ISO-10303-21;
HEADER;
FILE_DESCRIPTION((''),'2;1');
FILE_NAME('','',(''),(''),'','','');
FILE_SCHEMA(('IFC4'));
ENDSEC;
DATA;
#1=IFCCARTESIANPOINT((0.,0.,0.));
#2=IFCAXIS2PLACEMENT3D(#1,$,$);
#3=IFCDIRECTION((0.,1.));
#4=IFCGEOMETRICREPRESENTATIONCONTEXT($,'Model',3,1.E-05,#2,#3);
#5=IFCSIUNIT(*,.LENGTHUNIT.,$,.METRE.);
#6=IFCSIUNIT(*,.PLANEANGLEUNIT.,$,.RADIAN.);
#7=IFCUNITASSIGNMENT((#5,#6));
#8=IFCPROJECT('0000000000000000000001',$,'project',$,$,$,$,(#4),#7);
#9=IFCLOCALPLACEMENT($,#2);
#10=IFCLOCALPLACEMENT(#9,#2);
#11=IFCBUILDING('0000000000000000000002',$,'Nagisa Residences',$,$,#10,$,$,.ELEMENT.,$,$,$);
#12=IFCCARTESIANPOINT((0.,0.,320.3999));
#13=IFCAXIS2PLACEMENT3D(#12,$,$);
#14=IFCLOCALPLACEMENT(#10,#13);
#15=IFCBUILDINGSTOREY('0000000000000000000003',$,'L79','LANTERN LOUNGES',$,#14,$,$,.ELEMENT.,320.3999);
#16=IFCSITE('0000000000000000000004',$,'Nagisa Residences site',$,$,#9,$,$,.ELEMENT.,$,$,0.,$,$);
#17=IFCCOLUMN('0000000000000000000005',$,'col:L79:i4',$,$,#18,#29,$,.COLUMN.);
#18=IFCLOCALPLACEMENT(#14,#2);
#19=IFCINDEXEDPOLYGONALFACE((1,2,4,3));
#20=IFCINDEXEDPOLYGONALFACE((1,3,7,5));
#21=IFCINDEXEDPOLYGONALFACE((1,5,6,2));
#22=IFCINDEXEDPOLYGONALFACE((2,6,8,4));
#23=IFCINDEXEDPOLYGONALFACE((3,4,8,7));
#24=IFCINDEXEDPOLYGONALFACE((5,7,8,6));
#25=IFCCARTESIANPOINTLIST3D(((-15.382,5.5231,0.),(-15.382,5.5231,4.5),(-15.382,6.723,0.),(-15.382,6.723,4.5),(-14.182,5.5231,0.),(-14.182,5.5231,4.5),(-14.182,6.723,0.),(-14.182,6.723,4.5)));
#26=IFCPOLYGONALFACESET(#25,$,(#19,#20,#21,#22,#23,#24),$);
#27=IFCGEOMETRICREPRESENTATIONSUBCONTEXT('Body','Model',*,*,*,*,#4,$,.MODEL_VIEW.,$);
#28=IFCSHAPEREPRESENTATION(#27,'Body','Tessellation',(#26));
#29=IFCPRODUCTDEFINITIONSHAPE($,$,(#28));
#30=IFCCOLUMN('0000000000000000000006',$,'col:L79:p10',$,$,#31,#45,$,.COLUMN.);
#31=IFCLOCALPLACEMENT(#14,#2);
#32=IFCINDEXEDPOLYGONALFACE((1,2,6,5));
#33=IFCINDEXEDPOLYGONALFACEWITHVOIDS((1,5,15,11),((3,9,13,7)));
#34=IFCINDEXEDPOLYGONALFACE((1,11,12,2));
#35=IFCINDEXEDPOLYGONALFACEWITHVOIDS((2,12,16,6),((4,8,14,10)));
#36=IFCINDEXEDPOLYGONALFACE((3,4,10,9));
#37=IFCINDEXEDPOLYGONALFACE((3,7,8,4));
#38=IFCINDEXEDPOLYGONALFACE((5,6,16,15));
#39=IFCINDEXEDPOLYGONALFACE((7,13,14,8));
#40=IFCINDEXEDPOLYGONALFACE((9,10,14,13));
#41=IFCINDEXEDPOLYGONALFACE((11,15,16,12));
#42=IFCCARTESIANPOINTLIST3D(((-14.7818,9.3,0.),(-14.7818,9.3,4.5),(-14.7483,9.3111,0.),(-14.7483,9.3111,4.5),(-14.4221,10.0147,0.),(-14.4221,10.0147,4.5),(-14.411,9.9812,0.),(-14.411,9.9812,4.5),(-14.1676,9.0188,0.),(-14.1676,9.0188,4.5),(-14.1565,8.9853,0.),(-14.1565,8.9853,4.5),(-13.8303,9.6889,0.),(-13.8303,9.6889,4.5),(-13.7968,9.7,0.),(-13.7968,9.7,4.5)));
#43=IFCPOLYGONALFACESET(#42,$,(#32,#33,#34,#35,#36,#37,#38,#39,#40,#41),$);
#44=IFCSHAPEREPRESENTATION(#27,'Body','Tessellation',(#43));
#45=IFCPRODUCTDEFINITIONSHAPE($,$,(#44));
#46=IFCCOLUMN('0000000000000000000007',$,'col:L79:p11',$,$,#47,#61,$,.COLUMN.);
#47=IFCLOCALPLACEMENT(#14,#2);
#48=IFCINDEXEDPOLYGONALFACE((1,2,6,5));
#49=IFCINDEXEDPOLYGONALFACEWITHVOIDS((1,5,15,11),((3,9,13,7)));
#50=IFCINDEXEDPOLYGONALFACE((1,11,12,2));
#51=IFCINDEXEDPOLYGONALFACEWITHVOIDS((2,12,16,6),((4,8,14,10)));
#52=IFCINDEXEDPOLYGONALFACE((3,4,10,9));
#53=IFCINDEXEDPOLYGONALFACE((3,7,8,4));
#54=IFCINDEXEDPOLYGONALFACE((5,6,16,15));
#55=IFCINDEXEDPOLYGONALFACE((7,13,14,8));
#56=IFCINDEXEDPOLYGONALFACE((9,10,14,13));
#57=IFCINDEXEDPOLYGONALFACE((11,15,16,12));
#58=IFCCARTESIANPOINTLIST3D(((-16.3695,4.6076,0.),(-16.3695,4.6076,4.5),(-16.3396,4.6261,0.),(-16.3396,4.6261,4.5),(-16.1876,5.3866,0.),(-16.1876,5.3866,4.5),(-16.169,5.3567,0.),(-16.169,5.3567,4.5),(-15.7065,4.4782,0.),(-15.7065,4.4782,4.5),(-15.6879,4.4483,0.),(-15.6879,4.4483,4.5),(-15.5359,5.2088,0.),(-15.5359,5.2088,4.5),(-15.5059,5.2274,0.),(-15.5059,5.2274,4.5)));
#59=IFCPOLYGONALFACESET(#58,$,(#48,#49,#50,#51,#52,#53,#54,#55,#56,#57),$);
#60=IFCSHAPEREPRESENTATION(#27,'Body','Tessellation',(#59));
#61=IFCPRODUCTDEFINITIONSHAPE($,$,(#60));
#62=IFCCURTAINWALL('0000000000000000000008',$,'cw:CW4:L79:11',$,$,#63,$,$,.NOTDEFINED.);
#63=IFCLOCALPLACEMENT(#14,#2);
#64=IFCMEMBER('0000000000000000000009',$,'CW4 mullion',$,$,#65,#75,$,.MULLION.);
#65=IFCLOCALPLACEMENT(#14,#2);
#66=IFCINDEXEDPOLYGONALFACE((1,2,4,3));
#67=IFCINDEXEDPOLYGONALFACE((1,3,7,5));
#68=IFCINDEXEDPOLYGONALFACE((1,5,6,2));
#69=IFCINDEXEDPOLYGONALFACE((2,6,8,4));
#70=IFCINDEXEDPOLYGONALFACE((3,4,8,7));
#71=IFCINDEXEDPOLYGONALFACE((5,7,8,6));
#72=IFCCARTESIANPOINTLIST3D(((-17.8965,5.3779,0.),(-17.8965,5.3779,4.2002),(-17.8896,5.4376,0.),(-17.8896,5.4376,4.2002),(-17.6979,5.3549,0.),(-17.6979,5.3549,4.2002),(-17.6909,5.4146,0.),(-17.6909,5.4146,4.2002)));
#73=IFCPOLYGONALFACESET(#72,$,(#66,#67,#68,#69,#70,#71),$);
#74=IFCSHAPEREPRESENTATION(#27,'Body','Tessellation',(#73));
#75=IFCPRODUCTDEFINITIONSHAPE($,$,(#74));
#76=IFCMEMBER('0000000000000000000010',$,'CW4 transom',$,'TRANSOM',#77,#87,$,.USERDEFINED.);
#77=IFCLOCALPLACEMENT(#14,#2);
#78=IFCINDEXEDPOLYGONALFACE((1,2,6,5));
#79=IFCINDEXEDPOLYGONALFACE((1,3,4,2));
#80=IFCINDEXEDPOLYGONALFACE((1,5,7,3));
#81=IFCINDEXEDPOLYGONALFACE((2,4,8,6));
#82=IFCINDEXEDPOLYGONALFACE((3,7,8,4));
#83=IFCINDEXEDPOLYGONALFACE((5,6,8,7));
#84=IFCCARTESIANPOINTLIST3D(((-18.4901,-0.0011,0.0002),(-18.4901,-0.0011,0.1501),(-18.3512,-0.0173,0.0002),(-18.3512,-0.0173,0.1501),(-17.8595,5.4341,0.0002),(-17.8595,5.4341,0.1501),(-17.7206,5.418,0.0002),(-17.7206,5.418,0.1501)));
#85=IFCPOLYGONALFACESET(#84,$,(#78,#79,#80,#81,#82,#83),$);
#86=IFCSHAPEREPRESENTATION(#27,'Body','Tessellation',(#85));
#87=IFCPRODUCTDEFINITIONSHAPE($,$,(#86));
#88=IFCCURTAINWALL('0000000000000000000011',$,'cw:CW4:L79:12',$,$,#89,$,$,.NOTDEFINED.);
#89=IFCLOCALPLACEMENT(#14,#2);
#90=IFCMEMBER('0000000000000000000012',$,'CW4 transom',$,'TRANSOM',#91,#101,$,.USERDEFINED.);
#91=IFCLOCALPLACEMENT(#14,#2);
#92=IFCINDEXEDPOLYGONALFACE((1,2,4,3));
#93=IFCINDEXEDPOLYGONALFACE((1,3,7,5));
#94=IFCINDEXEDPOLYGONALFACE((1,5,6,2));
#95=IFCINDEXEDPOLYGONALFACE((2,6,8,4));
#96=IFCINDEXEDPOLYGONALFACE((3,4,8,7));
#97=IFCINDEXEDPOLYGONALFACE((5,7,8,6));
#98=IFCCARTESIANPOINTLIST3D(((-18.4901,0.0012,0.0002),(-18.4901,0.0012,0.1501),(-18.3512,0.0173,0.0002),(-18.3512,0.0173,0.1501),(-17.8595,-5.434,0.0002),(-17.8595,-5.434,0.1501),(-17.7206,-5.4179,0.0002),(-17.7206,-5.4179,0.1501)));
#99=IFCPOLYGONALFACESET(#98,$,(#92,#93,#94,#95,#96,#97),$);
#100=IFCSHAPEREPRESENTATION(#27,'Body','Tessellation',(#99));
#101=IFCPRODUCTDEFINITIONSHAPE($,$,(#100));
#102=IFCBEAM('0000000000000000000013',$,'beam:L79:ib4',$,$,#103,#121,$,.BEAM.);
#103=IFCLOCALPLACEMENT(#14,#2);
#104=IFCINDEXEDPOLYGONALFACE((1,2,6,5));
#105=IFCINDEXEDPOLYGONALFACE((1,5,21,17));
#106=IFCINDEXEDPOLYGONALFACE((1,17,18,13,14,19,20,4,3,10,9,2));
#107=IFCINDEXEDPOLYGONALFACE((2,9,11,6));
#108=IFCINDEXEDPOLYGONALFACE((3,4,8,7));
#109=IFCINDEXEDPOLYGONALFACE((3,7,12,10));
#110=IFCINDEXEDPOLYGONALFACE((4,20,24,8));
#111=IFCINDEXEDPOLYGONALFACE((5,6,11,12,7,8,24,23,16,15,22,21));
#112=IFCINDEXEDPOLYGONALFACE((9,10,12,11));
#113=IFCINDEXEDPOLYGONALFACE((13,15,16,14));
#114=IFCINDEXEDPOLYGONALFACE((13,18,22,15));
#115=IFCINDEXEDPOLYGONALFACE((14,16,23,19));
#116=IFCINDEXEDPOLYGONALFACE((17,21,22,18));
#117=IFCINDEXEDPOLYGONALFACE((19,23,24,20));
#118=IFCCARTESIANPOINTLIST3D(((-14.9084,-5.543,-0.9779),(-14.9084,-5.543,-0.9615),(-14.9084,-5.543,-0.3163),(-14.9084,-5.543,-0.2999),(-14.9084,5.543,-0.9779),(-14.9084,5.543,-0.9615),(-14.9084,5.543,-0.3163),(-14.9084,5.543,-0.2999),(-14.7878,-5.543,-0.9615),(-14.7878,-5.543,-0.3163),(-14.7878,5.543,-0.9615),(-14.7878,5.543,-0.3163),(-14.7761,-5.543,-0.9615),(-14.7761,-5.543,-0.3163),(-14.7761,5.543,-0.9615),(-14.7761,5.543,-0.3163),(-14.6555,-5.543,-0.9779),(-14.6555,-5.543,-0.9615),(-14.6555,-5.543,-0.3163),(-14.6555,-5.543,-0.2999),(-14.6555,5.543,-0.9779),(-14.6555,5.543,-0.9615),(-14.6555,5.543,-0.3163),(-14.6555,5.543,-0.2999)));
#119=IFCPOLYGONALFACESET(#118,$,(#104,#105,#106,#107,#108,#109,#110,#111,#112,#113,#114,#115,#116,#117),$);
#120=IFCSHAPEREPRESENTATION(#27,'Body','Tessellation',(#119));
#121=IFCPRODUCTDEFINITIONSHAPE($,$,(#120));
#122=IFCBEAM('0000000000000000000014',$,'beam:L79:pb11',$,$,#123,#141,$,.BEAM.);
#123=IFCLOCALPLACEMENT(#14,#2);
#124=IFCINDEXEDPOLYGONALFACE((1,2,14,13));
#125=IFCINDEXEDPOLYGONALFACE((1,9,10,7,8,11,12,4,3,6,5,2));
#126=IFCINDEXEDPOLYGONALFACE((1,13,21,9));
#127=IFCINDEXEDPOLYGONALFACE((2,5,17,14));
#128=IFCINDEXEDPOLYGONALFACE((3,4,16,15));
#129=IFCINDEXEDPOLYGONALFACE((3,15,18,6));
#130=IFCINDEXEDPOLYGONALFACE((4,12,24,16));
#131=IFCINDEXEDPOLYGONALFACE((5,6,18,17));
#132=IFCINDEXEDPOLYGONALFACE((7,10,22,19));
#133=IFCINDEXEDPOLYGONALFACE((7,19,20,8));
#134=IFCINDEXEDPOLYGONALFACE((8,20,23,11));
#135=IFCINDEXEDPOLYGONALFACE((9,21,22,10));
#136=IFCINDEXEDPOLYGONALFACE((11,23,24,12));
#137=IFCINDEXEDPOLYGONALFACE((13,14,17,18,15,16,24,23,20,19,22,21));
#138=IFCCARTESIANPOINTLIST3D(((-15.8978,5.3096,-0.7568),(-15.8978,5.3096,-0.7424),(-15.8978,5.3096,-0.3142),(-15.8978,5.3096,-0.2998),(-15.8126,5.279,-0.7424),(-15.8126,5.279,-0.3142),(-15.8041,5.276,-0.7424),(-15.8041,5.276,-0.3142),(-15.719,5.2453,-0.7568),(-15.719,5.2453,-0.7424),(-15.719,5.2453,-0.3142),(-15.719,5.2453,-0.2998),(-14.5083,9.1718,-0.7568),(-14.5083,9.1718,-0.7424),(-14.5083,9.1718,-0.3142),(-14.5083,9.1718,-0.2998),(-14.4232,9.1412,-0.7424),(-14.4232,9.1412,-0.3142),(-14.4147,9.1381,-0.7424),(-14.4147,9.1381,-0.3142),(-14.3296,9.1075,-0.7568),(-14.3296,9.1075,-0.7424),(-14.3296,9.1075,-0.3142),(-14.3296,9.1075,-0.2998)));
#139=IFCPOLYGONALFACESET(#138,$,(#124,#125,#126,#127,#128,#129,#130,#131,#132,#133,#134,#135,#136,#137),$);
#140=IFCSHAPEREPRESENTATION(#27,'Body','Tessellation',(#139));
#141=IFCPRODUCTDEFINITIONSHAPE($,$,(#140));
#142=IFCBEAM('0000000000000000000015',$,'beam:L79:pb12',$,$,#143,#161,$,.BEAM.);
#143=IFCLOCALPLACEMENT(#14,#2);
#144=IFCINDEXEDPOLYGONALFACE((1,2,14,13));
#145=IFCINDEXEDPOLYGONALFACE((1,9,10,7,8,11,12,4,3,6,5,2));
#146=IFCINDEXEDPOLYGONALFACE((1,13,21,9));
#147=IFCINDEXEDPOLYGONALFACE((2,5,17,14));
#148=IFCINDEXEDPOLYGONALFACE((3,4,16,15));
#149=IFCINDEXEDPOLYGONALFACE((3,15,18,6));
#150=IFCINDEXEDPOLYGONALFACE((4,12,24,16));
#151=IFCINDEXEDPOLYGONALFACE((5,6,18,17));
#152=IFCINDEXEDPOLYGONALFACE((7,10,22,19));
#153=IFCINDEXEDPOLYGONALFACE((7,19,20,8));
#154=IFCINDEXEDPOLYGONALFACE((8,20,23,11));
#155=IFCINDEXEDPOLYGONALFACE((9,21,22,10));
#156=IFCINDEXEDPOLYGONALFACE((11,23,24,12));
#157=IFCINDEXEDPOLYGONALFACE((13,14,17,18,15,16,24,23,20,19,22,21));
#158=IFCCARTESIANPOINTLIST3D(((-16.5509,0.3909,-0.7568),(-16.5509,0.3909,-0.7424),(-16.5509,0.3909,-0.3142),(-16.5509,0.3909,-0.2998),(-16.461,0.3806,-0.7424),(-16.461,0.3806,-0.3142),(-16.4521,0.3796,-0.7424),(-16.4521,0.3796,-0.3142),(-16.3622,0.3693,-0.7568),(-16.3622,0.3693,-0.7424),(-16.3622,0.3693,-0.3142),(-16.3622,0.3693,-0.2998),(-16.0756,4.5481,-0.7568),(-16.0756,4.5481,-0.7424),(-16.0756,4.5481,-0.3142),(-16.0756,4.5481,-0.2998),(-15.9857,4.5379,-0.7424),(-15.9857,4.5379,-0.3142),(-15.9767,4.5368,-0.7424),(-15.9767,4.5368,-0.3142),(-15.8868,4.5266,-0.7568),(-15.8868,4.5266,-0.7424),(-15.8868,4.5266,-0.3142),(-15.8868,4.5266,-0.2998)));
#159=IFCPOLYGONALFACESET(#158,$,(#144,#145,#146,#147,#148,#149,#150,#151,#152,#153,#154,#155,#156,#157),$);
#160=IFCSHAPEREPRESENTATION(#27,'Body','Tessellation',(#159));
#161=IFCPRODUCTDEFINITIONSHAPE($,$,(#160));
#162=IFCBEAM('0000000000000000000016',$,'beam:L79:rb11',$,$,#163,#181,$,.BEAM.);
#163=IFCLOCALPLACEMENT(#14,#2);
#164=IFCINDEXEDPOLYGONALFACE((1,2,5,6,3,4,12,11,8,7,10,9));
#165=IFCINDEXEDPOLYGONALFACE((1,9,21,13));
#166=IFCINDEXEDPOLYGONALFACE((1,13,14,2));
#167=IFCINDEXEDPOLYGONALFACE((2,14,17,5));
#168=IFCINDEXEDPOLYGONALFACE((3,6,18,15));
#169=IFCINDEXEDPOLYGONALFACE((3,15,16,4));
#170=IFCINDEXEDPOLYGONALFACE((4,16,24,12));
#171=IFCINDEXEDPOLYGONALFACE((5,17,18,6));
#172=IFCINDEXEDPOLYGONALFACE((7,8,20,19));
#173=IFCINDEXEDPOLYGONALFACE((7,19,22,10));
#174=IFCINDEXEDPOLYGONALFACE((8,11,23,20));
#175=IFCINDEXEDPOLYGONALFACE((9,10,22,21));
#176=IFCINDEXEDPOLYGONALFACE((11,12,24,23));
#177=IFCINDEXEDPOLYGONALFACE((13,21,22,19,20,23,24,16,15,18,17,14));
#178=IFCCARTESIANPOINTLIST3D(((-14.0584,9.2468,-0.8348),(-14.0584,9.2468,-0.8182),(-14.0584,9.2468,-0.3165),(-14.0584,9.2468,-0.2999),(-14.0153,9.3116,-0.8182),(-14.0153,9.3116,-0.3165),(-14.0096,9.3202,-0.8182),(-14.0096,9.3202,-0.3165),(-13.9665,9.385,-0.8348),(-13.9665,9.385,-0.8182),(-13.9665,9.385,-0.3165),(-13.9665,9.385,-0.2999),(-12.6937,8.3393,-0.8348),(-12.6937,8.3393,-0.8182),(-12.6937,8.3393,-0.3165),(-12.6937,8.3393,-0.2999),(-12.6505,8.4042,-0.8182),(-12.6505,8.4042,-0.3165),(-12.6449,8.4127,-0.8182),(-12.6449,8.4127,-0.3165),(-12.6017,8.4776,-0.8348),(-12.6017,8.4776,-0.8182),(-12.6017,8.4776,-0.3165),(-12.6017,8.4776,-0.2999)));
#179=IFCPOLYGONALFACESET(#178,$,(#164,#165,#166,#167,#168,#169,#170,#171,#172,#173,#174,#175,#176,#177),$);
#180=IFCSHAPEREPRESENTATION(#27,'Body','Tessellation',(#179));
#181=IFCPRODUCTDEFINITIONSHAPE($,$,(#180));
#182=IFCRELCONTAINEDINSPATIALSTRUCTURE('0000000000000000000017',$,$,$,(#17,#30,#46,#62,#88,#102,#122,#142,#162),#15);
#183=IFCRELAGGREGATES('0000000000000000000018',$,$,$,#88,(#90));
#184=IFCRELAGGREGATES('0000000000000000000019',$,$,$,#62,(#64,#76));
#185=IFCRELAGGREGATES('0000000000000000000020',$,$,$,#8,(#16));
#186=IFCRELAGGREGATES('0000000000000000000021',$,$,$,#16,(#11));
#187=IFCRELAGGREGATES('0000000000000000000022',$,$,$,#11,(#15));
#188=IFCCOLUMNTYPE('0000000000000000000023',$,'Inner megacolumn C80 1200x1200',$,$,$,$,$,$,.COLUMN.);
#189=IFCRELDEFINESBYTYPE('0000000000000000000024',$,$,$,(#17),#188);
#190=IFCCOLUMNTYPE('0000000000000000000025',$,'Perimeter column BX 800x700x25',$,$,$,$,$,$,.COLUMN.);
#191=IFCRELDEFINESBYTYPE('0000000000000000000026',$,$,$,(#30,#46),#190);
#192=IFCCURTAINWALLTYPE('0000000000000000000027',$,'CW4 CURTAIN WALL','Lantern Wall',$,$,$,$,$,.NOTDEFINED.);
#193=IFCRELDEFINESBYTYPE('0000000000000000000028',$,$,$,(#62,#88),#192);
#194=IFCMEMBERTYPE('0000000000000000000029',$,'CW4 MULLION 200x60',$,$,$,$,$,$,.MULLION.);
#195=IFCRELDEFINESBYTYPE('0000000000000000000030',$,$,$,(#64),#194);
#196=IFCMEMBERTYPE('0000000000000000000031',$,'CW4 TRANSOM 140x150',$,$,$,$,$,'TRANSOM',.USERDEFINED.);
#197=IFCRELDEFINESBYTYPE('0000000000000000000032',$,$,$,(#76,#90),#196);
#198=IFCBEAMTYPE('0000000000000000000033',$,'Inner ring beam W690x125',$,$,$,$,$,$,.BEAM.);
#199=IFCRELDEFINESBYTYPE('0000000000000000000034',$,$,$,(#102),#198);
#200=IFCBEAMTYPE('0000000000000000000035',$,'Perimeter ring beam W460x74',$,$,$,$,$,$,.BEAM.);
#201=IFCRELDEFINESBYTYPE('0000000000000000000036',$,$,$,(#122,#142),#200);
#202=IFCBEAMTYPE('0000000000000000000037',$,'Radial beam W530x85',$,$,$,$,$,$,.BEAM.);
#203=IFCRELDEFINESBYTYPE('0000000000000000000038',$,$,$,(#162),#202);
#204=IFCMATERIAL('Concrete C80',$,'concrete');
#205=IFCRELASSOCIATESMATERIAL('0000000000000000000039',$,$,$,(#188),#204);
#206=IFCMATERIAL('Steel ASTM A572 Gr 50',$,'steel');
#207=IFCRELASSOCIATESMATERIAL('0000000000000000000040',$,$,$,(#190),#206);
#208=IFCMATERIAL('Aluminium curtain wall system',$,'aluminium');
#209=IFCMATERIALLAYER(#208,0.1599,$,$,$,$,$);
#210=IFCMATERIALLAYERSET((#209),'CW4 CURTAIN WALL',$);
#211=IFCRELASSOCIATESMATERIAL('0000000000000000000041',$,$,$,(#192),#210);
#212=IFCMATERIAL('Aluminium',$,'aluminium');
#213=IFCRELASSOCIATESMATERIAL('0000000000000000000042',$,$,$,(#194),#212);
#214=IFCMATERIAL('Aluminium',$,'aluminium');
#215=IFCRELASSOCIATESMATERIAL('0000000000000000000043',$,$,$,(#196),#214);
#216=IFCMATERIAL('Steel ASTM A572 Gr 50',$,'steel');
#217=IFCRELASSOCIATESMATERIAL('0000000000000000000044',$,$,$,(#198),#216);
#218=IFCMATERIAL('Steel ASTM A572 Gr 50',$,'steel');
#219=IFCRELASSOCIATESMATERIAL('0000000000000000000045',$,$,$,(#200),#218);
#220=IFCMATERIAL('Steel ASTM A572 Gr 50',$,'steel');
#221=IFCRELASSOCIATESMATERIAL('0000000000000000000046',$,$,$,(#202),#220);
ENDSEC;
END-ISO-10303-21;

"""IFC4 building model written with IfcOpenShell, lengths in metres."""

from ifc_helpers import new_model, si_unit, direction, frame, origin, origin_2d, place, context, subcontext, project, spatial, rectangle, hollow_rectangle, i_section, extrude, material, layer, layer_set, material_profile, profile_set, type_object, element, aggregate, save


model = new_model("IFC4")

# Units and contexts
model_context = context("Model", 3, precision=1e-05, world=origin(), true_north=direction((0.0, 1.0)))
body_context = subcontext(model_context, "Body", "Model", "MODEL_VIEW")
ifc_project = project(units=[si_unit("LENGTHUNIT", "METRE"), si_unit("PLANEANGLEUNIT", "RADIAN")], contexts=[model_context])

# Site, building, storey
site_placement = place(None, origin())
site = spatial("IfcSite", under=ifc_project, at=site_placement, Name="Nagisa Residences site", CompositionType="ELEMENT", RefElevation=0.0)
building_placement = place(site_placement, origin())
building = spatial("IfcBuilding", under=site, at=building_placement, Name="Nagisa Residences", CompositionType="ELEMENT")
storey_placement = place(building_placement, frame((0.0, 0.0, 320.3999)))
storey = spatial("IfcBuildingStorey", under=building, at=storey_placement, Name="L79", Description="LANTERN LOUNGES", CompositionType="ELEMENT", Elevation=320.3999)

# Columns
ifc_material_1 = material(Name="Concrete C80", Category="concrete")
ifc_material_profile_1 = material_profile(ifc_material_1, rectangle(XDim=1.2, YDim=1.2, at=origin_2d()), Name="C80 1200x1200")
ifc_profile_set_1 = profile_set([ifc_material_profile_1], Name="Concrete C80")
column_type_1 = type_object("IfcColumnType", Name="Inner megacolumn C80 1200x1200", PredefinedType="COLUMN", material=ifc_profile_set_1)
column_placement = place(storey_placement, frame((-14.782, 6.123, 0.0), z_axis=(0.0, 0.0, 1.0), x_axis=(1.0, 0.0, 0.0)))
element("IfcColumn", 1, at=column_placement, inside=storey, type_object=column_type_1, Name="col:L79:i4", PredefinedType="COLUMN", context=body_context, shape_type="SweptSolid", body=[
    extrude(rectangle(XDim=1.2, YDim=1.2, at=origin_2d()), origin(), (0.0, 0.0, 1.0), 4.5),
])
ifc_material_2 = material(Name="Steel ASTM A572 Gr 50", Category="steel")
ifc_material_profile_2 = material_profile(ifc_material_2, hollow_rectangle(XDim=0.8, YDim=0.7, WallThickness=0.0249, at=origin_2d()), Name="BX 800x700x25")
ifc_profile_set_2 = profile_set([ifc_material_profile_2], Name="Steel ASTM A572 Gr 50")
column_type_2 = type_object("IfcColumnType", Name="Perimeter column BX 800x700x25", PredefinedType="COLUMN", material=ifc_profile_set_2)
for number, where, z_axis, x_axis, name in (
    (2, (-14.2893, 9.5, 0.0), (0.0, 0.0, 1.0), (-0.449592, -0.893234, 0.0), "col:L79:p10"),
    (3, (-15.9377, 4.9175, 0.0), (0.0, 0.0, 1.0), (-0.227473, -0.973784, 0.0), "col:L79:p11"),
):
    element("IfcColumn", number, at=place(storey_placement, frame(where, z_axis=z_axis, x_axis=x_axis)), inside=storey, type_object=column_type_2, Name=name, PredefinedType="COLUMN", context=body_context, shape_type="SweptSolid", body=[
        extrude(hollow_rectangle(XDim=0.8, YDim=0.7, WallThickness=0.0249, at=origin_2d()), origin(), (0.0, 0.0, 1.0), 4.5),
    ])

# Curtain wall, members
ifc_material_3 = material(Name="Aluminium curtain wall system", Category="aluminium")
ifc_layer_1 = layer(ifc_material_3, 0.1599)
ifc_layer_set_1 = layer_set([ifc_layer_1], Name="CW4 CURTAIN WALL")
curtain_wall_type = type_object("IfcCurtainWallType", Name="CW4 CURTAIN WALL", Description="Lantern Wall", PredefinedType="NOTDEFINED", material=ifc_layer_set_1)
curtain_wall_1_placement = place(storey_placement, origin())
curtain_wall_1 = element("IfcCurtainWall", 4, at=curtain_wall_1_placement, inside=storey, type_object=curtain_wall_type, Name="cw:CW4:L79:11", PredefinedType="NOTDEFINED")
ifc_material_4 = material(Name="Aluminium", Category="aluminium")
ifc_material_profile_3 = material_profile(ifc_material_4, rectangle(XDim=0.2, YDim=0.0601, at=origin_2d()), Name="CW4 MULLION 200x60")
ifc_profile_set_3 = profile_set([ifc_material_profile_3], Name="Aluminium")
member_type_1 = type_object("IfcMemberType", Name="CW4 MULLION 200x60", PredefinedType="MULLION", material=ifc_profile_set_3)
member_1_placement = place(storey_placement, frame((-17.7937, 5.3962, 0.0), z_axis=(0.0, 0.0, 1.0), x_axis=(0.993341, -0.115207, 0.0)))
member_1 = element("IfcMember", 5, at=member_1_placement, type_object=member_type_1, Name="CW4 mullion", PredefinedType="MULLION", context=body_context, shape_type="SweptSolid", body=[
    extrude(rectangle(XDim=0.2, YDim=0.0601, at=origin_2d()), origin(), (0.0, 0.0, 1.0), 4.2002),
])
ifc_material_5 = material(Name="Aluminium", Category="aluminium")
ifc_material_profile_4 = material_profile(ifc_material_5, rectangle(XDim=0.1399, YDim=0.1499, at=origin_2d()), Name="CW4 TRANSOM 140x150")
ifc_profile_set_4 = profile_set([ifc_material_profile_4], Name="Aluminium")
member_type_2 = type_object("IfcMemberType", Name="CW4 TRANSOM 140x150", ElementType="TRANSOM", PredefinedType="USERDEFINED", material=ifc_profile_set_4)
member_2_placement = place(storey_placement, frame((-17.79, 5.426, 0.0752), z_axis=(-0.115249, -0.993337, 0.0), x_axis=(0.993337, -0.115249, 0.0)))
member_2 = element("IfcMember", 6, at=member_2_placement, type_object=member_type_2, Name="CW4 transom", ObjectType="TRANSOM", PredefinedType="USERDEFINED", context=body_context, shape_type="SweptSolid", body=[
    extrude(rectangle(XDim=0.1399, YDim=0.1499, at=origin_2d()), origin(), (0.0, 0.0, 1.0), 5.4717),
])

# Curtain wall, member
curtain_wall_2_placement = place(storey_placement, origin())
curtain_wall_2 = element("IfcCurtainWall", 7, at=curtain_wall_2_placement, inside=storey, type_object=curtain_wall_type, Name="cw:CW4:L79:12", PredefinedType="NOTDEFINED")
member_3_placement = place(storey_placement, frame((-18.4207, 0.0093, 0.0752), z_axis=(0.115249, -0.993337, 0.0), x_axis=(0.993337, 0.115249, 0.0)))
member_3 = element("IfcMember", 8, at=member_3_placement, type_object=member_type_2, Name="CW4 transom", ObjectType="TRANSOM", PredefinedType="USERDEFINED", context=body_context, shape_type="SweptSolid", body=[
    extrude(rectangle(XDim=0.1399, YDim=0.1499, at=origin_2d()), origin(), (0.0, 0.0, 1.0), 5.4717),
])
aggregate(curtain_wall_2, [member_3])

# Beams
ifc_material_6 = material(Name="Steel ASTM A572 Gr 50", Category="steel")
ifc_material_profile_5 = material_profile(ifc_material_6, i_section(OverallWidth=0.2529, OverallDepth=0.678, WebThickness=0.0117, FlangeThickness=0.0164, at=origin_2d()), Name="W690x125")
ifc_profile_set_5 = profile_set([ifc_material_profile_5], Name="Steel ASTM A572 Gr 50")
beam_type_1 = type_object("IfcBeamType", Name="Inner ring beam W690x125", PredefinedType="BEAM", material=ifc_profile_set_5)
beam_1_placement = place(storey_placement, frame((-14.782, 5.543, -0.6389), z_axis=(0.0, -1.0, 0.0), x_axis=(1.0, 0.0, 0.0)))
element("IfcBeam", 9, at=beam_1_placement, inside=storey, type_object=beam_type_1, Name="beam:L79:ib4", PredefinedType="BEAM", context=body_context, shape_type="SweptSolid", body=[
    extrude(i_section(OverallWidth=0.2529, OverallDepth=0.678, WebThickness=0.0117, FlangeThickness=0.0164, at=origin_2d()), origin(), (0.0, 0.0, 1.0), 11.0859),
])
ifc_material_7 = material(Name="Steel ASTM A572 Gr 50", Category="steel")
ifc_material_profile_6 = material_profile(ifc_material_7, i_section(OverallWidth=0.1899, OverallDepth=0.457, WebThickness=0.009, FlangeThickness=0.0144, at=origin_2d()), Name="W460x74")
ifc_profile_set_6 = profile_set([ifc_material_profile_6], Name="Steel ASTM A572 Gr 50")
beam_type_2 = type_object("IfcBeamType", Name="Perimeter ring beam W460x74", PredefinedType="BEAM", material=ifc_profile_set_6)
beam_2_placement = place(storey_placement, frame((-14.4189, 9.1396, -0.5283), z_axis=(-0.338517, -0.94096, 0.0), x_axis=(0.94096, -0.338517, 0.0)))
element("IfcBeam", 10, at=beam_2_placement, inside=storey, type_object=beam_type_2, Name="beam:L79:pb11", PredefinedType="BEAM", context=body_context, shape_type="SweptSolid", body=[
    extrude(i_section(OverallWidth=0.1899, OverallDepth=0.457, WebThickness=0.009, FlangeThickness=0.0144, at=origin_2d()), origin(), (0.0, 0.0, 1.0), 4.1045),
])
beam_3_placement = place(storey_placement, frame((-15.9812, 4.5374, -0.5283), z_axis=(-0.113601, -0.993526, 0.0), x_axis=(0.993526, -0.113601, 0.0)))
element("IfcBeam", 11, at=beam_3_placement, inside=storey, type_object=beam_type_2, Name="beam:L79:pb12", PredefinedType="BEAM", context=body_context, shape_type="SweptSolid", body=[
    extrude(i_section(OverallWidth=0.1899, OverallDepth=0.457, WebThickness=0.009, FlangeThickness=0.0144, at=origin_2d()), origin(), (0.0, 0.0, 1.0), 4.1843),
])
ifc_material_8 = material(Name="Steel ASTM A572 Gr 50", Category="steel")
ifc_material_profile_7 = material_profile(ifc_material_8, i_section(OverallWidth=0.166, OverallDepth=0.5349, WebThickness=0.0103, FlangeThickness=0.0166, at=origin_2d()), Name="W530x85")
ifc_profile_set_7 = profile_set([ifc_material_profile_7], Name="Steel ASTM A572 Gr 50")
beam_type_3 = type_object("IfcBeamType", Name="Radial beam W530x85", PredefinedType="BEAM", material=ifc_profile_set_7)
beam_4_placement = place(storey_placement, frame((-14.0125, 9.3159, -0.5674), z_axis=(0.832714, -0.553703, 0.0), x_axis=(0.553703, 0.832714, 0.0)))
element("IfcBeam", 12, at=beam_4_placement, inside=storey, type_object=beam_type_3, Name="beam:L79:rb11", PredefinedType="BEAM", context=body_context, shape_type="SweptSolid", body=[
    extrude(i_section(OverallWidth=0.166, OverallDepth=0.5349, WebThickness=0.0103, FlangeThickness=0.0166, at=origin_2d()), origin(), (0.0, 0.0, 1.0), 1.6389),
])

aggregate(curtain_wall_1, [member_1, member_2])

save(model, "model.ifc")
